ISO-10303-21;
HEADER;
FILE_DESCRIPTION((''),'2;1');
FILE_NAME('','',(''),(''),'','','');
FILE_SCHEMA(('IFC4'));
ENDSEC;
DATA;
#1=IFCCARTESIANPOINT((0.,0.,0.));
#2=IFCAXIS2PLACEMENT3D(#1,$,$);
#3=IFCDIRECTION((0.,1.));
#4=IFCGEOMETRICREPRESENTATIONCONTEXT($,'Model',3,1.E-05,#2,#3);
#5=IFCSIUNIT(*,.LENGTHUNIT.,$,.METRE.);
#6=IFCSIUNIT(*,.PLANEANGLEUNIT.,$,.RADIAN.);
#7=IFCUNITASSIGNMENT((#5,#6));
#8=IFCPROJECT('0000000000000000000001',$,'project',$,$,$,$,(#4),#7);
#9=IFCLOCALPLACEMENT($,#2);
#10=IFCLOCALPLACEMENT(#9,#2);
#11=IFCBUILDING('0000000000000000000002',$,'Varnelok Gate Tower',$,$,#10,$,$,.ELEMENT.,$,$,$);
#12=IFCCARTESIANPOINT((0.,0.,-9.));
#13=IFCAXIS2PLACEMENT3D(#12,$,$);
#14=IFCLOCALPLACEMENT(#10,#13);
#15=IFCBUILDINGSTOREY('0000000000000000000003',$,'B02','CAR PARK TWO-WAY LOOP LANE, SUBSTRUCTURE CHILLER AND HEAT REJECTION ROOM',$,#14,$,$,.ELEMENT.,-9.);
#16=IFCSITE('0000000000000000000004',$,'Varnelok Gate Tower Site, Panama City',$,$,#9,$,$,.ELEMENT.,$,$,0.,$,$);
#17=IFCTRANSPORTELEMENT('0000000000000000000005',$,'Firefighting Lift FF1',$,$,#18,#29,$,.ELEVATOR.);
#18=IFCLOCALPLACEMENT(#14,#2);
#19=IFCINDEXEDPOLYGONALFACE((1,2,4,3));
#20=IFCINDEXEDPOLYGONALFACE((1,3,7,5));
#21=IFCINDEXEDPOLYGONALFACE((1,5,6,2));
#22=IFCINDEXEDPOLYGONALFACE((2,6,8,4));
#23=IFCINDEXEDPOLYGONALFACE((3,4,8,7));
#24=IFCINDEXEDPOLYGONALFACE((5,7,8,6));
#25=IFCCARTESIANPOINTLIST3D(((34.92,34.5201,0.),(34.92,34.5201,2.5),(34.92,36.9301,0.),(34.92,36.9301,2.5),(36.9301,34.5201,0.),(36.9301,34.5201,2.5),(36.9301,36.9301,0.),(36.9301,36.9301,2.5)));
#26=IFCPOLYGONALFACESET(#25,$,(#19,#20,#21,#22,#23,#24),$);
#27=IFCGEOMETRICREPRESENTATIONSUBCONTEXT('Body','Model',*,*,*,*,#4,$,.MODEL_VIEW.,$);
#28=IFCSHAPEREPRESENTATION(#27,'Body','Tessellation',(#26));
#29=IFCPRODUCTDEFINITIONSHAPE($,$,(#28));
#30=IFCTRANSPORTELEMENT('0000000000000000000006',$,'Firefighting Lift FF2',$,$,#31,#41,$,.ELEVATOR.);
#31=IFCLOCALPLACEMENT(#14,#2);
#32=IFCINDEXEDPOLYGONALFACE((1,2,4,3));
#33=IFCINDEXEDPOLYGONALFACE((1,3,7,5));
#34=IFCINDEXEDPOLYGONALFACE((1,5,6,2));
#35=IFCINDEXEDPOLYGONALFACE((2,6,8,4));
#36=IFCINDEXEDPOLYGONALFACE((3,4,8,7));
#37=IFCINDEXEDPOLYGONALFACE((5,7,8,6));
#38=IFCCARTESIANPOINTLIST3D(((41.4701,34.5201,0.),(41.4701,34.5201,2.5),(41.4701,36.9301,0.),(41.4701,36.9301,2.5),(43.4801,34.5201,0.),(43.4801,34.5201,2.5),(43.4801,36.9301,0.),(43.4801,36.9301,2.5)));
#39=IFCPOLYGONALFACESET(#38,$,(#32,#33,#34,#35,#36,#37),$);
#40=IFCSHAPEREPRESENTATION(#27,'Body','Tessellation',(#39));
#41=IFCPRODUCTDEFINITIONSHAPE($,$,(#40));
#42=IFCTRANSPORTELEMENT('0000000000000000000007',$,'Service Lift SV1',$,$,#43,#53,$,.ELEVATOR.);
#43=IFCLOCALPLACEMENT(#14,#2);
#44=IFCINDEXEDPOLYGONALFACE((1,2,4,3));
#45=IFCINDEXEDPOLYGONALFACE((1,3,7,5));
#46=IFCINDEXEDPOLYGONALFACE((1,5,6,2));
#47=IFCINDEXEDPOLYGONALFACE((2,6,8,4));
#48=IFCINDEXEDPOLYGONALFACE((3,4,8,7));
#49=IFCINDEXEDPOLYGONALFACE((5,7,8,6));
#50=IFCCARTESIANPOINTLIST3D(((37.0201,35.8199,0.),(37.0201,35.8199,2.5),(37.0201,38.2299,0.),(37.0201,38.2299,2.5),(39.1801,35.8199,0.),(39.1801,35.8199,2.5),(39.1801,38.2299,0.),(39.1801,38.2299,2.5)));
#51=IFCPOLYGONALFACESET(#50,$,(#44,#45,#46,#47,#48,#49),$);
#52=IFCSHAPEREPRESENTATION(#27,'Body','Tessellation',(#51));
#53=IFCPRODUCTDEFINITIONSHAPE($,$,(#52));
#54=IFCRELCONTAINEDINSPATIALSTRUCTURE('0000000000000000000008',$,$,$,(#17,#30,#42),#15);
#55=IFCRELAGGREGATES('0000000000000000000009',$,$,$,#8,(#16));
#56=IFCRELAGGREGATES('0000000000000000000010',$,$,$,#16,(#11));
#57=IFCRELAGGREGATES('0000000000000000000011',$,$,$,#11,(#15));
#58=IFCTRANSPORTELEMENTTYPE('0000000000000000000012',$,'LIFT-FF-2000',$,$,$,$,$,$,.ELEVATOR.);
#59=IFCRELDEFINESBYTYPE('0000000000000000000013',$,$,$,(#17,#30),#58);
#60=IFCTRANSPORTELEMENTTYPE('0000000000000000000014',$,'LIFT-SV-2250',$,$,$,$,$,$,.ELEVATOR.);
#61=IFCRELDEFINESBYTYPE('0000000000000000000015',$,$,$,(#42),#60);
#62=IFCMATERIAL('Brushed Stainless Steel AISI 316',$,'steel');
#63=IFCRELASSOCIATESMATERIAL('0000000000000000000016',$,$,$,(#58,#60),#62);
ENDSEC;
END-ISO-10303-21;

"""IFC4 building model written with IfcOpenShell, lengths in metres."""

from ifc_helpers import new_model, si_unit, direction, frame, origin, origin_2d, place, context, subcontext, project, spatial, rectangle, extrude, source, transform, mapped, material, type_object, element, save


model = new_model("IFC4")

# Units and contexts
model_context = context("Model", 3, precision=1e-05, world=origin(), true_north=direction((0.0, 1.0)))
body_context = subcontext(model_context, "Body", "Model", "MODEL_VIEW")
ifc_project = project(units=[si_unit("LENGTHUNIT", "METRE"), si_unit("PLANEANGLEUNIT", "RADIAN")], contexts=[model_context])

# Site, building, storey
site_placement = place(None, origin())
site = spatial("IfcSite", under=ifc_project, at=site_placement, Name="Varnelok Gate Tower Site, Panama City", CompositionType="ELEMENT", RefElevation=0.0)
building_placement = place(site_placement, origin())
building = spatial("IfcBuilding", under=site, at=building_placement, Name="Varnelok Gate Tower", CompositionType="ELEMENT")
storey_placement = place(building_placement, frame((0.0, 0.0, -9.0)))
storey = spatial("IfcBuildingStorey", under=building, at=storey_placement, Name="B02", Description="CAR PARK TWO-WAY LOOP LANE, SUBSTRUCTURE CHILLER AND HEAT REJECTION ROOM", CompositionType="ELEMENT", Elevation=-9.0)

# Transport elements
ifc_material_1 = material(Name="Brushed Stainless Steel AISI 316", Category="steel")
transport_element_type_1 = type_object("IfcTransportElementType", Name="LIFT-FF-2000", PredefinedType="ELEVATOR", material=ifc_material_1)
shared_shape_1 = source(origin(), body_context, "Body", "SweptSolid", [
    extrude(rectangle(XDim=2.01, YDim=2.4099, at=origin_2d()), origin(), (0.0, 0.0, 1.0), 2.5),
])
for number, where, z_axis, x_axis, name in (
    (1, (35.925, 35.7251, 0.0), (0.0, 0.0, 1.0), (1.0, 0.0, 0.0), "Firefighting Lift FF1"),
    (2, (42.4751, 35.7251, 0.0), (0.0, 0.0, 1.0), (1.0, 0.0, 0.0), "Firefighting Lift FF2"),
):
    element("IfcTransportElement", number, at=place(storey_placement, frame(where, z_axis=z_axis, x_axis=x_axis)), inside=storey, type_object=transport_element_type_1, Name=name, PredefinedType="ELEVATOR", context=body_context, shape_type="MappedRepresentation", body=[
        mapped(shared_shape_1, transform((0.0, 0.0, 0.0), scale=1.0)),
    ])
transport_element_type_2 = type_object("IfcTransportElementType", Name="LIFT-SV-2250", PredefinedType="ELEVATOR", material=ifc_material_1)
shared_shape_2 = source(origin(), body_context, "Body", "SweptSolid", [
    extrude(rectangle(XDim=2.1599, YDim=2.4099, at=origin_2d()), origin(), (0.0, 0.0, 1.0), 2.5),
])
transport_element_placement = place(storey_placement, frame((38.1001, 37.0249, 0.0), z_axis=(0.0, 0.0, 1.0), x_axis=(1.0, 0.0, 0.0)))
element("IfcTransportElement", 3, at=transport_element_placement, inside=storey, type_object=transport_element_type_2, Name="Service Lift SV1", PredefinedType="ELEVATOR", context=body_context, shape_type="MappedRepresentation", body=[
    mapped(shared_shape_2, transform((0.0, 0.0, 0.0), scale=1.0)),
])

save(model, "model.ifc")
